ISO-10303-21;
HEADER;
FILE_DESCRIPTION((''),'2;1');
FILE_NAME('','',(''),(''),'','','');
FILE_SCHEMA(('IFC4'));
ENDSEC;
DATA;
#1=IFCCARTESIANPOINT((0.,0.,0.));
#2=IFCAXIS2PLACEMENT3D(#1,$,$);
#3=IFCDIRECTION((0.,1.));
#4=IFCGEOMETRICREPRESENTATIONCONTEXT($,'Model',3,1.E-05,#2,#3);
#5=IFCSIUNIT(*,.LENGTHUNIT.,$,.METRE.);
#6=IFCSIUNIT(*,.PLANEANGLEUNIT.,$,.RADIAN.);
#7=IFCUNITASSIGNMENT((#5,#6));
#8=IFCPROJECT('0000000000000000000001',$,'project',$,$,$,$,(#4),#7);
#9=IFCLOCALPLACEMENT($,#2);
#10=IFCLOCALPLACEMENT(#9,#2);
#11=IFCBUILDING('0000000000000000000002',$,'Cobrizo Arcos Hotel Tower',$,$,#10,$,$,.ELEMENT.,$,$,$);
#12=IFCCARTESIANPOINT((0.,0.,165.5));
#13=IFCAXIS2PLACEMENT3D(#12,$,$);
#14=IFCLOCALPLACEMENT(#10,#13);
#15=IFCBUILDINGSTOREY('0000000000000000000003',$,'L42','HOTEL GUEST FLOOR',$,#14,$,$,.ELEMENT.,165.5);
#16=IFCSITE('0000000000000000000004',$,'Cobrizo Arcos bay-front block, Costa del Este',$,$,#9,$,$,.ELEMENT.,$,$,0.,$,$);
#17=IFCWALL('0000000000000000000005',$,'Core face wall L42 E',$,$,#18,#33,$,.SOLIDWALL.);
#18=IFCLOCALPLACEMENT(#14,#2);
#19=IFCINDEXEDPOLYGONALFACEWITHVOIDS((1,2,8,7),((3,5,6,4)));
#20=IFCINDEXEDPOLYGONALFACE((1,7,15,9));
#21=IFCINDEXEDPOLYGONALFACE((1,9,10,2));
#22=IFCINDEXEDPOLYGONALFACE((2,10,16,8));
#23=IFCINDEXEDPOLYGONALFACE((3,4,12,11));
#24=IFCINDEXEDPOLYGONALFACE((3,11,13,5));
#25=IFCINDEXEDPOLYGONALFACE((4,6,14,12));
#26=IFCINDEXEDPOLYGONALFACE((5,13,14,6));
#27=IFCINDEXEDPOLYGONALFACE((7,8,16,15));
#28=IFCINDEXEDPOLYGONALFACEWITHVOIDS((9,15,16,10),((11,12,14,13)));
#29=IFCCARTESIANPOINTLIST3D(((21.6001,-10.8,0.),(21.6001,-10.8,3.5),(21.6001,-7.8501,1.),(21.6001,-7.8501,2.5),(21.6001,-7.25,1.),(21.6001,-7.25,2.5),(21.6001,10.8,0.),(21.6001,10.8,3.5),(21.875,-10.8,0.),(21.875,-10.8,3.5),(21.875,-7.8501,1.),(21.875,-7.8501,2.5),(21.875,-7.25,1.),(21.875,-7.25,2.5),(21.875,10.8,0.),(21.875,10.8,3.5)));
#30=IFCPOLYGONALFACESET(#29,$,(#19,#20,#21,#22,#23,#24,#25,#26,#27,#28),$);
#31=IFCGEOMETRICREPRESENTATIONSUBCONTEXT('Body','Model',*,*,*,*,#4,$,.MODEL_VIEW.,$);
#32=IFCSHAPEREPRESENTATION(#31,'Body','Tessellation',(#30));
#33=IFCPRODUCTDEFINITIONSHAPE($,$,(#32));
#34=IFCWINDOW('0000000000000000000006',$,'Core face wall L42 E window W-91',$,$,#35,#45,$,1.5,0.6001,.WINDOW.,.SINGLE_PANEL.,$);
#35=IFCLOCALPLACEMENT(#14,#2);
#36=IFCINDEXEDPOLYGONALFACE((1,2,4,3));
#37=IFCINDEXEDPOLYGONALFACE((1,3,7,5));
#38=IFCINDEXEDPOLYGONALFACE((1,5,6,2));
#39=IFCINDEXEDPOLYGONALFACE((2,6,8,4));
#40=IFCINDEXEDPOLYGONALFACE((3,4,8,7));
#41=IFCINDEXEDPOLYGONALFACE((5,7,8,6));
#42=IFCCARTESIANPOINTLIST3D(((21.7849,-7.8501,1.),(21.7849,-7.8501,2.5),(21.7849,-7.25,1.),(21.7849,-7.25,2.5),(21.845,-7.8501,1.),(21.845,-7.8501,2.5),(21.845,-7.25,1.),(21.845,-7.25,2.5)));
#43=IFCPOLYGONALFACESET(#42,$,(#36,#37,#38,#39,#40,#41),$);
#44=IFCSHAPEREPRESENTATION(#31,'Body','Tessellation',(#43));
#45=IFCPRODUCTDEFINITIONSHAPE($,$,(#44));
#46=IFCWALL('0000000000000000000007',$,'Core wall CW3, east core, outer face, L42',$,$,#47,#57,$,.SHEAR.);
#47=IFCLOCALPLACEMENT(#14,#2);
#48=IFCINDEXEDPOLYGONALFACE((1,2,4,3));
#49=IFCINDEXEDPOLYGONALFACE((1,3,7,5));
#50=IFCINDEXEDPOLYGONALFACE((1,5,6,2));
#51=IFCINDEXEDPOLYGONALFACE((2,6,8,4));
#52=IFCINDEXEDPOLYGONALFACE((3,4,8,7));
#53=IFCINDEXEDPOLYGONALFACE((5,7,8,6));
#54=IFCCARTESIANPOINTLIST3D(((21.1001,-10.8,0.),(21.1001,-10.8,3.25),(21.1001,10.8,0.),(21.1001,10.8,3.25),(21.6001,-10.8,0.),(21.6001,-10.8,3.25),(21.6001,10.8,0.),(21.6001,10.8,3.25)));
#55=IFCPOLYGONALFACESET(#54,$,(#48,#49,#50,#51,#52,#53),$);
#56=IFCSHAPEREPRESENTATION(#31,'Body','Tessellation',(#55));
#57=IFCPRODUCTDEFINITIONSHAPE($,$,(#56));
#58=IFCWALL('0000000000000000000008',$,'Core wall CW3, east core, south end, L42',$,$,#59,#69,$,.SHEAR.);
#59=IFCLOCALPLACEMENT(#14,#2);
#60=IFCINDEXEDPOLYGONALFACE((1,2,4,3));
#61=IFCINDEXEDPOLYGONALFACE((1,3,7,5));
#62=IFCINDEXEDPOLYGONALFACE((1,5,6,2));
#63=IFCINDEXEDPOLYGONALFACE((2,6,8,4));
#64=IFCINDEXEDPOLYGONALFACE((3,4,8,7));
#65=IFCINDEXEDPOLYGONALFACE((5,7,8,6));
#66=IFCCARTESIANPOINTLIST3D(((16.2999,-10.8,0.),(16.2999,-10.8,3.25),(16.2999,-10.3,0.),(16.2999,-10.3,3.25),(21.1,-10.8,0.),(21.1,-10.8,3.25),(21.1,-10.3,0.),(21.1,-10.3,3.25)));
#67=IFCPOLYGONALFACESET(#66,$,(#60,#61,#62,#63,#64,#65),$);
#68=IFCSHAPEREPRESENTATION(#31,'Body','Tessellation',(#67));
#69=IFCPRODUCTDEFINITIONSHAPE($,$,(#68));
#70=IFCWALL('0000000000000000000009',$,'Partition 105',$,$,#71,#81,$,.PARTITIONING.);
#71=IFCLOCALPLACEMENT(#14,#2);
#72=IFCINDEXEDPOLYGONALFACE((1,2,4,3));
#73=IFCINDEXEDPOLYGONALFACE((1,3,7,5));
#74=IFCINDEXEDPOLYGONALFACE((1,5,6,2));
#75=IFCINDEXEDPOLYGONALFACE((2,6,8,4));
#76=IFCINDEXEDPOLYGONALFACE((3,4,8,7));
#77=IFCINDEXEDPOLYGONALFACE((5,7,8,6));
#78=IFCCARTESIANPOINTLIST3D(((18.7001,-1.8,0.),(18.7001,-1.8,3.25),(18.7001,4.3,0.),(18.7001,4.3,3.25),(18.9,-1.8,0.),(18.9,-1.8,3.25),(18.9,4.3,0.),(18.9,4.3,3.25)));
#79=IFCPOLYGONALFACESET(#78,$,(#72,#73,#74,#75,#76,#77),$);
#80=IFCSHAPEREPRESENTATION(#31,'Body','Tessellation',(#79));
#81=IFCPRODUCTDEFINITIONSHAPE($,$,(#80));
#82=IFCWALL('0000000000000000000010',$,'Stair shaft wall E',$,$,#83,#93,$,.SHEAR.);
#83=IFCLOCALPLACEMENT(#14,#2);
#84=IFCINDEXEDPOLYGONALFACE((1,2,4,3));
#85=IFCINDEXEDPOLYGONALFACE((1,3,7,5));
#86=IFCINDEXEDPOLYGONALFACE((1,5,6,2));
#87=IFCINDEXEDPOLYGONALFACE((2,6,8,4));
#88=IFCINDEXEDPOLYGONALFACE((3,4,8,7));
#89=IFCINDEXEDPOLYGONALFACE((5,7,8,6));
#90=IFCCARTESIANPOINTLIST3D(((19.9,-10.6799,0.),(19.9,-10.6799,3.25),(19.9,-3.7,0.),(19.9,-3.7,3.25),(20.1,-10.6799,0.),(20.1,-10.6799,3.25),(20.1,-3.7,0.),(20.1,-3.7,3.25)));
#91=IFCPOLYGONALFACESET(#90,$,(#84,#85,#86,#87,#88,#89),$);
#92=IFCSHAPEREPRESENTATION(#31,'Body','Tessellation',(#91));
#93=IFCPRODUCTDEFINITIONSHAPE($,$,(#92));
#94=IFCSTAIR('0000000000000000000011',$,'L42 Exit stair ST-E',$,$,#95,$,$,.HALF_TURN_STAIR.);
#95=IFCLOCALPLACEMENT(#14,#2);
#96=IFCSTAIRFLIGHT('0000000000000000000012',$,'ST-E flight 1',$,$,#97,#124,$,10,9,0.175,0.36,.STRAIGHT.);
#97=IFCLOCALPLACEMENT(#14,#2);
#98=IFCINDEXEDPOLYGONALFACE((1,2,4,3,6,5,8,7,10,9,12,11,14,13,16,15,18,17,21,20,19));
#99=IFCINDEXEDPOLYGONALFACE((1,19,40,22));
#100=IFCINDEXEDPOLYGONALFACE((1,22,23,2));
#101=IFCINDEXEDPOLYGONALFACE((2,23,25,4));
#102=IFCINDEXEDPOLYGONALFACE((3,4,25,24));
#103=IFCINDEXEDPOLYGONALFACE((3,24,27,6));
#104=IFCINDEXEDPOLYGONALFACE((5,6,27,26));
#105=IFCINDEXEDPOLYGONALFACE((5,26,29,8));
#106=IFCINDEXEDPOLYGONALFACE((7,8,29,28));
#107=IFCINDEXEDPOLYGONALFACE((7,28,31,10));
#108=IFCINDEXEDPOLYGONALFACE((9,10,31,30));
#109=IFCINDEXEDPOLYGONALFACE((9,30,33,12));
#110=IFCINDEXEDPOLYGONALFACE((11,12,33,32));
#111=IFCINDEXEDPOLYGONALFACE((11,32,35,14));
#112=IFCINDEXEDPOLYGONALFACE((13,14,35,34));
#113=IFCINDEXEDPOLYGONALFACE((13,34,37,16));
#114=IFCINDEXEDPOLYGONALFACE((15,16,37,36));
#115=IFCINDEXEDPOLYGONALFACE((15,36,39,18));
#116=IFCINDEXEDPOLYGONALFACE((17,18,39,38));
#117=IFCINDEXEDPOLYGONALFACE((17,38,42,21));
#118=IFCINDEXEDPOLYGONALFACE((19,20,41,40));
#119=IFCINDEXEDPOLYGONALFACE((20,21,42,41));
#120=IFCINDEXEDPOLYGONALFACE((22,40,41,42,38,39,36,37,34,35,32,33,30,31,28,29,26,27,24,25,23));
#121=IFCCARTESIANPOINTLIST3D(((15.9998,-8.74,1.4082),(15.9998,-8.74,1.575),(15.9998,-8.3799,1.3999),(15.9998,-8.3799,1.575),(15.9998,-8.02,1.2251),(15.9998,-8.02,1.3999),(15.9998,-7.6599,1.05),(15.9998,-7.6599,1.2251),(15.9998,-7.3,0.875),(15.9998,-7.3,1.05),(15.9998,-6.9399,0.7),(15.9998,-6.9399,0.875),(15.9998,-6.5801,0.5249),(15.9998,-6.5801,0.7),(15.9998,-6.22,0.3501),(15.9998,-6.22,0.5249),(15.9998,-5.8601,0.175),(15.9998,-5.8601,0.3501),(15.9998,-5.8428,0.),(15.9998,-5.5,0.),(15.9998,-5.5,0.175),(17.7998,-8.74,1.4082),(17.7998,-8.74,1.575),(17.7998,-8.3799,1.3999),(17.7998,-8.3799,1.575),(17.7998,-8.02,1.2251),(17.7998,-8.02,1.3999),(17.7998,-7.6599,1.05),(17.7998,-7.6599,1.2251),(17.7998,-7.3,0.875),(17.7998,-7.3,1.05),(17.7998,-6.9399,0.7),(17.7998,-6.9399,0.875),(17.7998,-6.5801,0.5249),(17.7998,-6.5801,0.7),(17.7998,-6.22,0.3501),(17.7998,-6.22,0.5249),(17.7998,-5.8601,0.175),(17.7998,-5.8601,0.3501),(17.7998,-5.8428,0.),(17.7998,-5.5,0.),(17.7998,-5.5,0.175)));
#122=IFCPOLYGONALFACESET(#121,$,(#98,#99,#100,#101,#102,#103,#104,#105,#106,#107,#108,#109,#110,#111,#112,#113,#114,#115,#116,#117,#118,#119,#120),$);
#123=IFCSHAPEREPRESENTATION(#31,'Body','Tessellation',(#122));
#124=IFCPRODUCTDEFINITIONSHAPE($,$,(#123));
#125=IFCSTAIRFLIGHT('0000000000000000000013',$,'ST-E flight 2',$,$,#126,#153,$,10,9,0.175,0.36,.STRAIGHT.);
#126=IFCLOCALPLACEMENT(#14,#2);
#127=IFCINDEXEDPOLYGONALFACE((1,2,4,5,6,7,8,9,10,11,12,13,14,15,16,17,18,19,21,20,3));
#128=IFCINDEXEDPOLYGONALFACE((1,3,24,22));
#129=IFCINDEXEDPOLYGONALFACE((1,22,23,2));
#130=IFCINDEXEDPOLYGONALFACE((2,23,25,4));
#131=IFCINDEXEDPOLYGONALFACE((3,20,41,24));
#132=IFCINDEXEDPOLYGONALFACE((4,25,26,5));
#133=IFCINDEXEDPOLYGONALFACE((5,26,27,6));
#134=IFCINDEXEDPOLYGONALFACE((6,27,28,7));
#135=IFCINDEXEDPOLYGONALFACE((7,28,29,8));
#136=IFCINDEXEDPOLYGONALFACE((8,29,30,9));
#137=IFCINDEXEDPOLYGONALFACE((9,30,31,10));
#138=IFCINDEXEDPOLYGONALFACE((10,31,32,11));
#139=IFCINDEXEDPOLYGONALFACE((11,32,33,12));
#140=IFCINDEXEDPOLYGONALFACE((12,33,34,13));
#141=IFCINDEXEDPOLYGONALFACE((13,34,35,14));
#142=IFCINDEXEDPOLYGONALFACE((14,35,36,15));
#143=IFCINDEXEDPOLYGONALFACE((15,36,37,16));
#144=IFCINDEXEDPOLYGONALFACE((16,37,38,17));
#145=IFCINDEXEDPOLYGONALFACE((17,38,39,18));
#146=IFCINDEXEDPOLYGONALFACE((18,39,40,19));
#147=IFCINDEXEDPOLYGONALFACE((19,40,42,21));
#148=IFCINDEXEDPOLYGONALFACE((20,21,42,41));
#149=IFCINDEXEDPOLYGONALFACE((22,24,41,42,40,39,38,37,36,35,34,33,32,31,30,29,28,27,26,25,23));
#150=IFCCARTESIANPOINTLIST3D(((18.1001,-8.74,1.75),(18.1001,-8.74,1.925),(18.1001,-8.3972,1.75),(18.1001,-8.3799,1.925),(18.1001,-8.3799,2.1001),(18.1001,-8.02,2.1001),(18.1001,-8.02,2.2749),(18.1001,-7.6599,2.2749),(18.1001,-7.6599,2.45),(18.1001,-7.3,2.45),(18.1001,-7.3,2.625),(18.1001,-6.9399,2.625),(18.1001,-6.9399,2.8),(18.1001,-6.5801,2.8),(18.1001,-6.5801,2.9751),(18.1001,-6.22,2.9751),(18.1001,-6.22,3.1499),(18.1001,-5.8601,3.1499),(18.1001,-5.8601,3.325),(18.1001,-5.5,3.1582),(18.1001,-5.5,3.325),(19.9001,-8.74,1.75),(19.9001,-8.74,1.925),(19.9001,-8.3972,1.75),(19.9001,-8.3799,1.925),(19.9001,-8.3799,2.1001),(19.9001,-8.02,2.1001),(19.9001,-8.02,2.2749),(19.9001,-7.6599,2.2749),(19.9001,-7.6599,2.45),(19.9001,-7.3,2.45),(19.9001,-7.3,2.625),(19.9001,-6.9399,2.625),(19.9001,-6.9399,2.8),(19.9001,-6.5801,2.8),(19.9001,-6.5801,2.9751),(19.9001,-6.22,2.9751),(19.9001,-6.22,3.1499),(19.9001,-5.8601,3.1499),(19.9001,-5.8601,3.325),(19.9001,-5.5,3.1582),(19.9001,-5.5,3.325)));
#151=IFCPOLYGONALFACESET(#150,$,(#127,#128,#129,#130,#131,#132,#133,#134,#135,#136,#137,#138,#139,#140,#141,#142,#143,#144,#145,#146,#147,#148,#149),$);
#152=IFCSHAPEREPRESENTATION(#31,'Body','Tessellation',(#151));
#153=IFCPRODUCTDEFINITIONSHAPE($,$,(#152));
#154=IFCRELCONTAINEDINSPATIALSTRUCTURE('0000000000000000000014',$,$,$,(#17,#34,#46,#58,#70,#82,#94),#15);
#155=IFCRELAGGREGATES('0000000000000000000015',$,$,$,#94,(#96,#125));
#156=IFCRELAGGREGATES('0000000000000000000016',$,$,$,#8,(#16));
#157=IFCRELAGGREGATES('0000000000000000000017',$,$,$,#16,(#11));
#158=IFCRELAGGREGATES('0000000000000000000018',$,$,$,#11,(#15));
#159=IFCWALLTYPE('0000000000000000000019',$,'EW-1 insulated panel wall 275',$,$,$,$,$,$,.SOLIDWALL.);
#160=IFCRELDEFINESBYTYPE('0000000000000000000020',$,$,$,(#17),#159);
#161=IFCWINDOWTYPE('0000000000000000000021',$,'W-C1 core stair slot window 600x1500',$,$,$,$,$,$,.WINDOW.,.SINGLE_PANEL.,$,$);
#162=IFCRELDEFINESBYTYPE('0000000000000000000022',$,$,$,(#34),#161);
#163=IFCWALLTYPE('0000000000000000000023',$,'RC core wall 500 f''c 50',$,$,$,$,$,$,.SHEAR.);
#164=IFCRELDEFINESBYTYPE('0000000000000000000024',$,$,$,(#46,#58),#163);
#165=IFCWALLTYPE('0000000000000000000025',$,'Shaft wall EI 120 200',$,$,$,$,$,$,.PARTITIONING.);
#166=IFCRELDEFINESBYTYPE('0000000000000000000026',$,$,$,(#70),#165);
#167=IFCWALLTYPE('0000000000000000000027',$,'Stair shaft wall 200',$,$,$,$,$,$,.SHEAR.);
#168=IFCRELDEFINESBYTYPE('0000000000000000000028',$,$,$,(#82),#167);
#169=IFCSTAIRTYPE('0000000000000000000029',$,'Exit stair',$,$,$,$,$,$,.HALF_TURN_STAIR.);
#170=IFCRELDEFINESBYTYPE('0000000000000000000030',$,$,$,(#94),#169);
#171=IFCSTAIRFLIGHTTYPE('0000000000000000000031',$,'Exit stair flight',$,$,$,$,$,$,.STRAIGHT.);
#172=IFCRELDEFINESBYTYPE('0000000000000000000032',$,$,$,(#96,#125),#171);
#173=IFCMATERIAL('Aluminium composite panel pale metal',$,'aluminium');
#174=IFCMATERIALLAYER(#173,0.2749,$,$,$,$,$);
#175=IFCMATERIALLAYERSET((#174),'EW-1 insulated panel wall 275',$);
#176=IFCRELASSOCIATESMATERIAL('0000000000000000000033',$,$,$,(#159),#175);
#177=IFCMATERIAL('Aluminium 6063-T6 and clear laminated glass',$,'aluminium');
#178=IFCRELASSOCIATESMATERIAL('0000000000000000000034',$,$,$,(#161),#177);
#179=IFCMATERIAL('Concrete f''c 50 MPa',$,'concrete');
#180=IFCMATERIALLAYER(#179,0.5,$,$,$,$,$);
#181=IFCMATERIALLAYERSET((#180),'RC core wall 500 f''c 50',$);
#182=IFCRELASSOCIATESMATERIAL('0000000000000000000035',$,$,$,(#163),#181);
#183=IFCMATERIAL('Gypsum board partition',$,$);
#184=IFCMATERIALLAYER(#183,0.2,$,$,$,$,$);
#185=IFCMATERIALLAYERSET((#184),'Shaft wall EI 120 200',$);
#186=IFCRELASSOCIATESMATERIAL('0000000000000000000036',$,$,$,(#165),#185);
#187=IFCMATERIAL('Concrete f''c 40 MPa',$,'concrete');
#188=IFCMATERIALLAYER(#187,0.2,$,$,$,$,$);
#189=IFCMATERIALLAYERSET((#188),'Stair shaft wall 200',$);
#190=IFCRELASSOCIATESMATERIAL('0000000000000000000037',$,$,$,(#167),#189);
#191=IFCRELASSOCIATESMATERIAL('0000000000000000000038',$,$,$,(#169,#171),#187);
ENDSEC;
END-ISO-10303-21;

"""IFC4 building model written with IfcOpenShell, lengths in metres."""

from ifc_helpers import new_model, si_unit, direction, frame, frame_2d, origin, place, context, subcontext, project, spatial, polyline, rectangle, outline, extrude, material, layer, layer_set, type_object, element, fill, aggregate, save


model = new_model("IFC4")

# Units and contexts
model_context = context("Model", 3, precision=1e-05, world=origin(), true_north=direction((0.0, 1.0)))
body_context = subcontext(model_context, "Body", "Model", "MODEL_VIEW")
ifc_project = project(units=[si_unit("LENGTHUNIT", "METRE"), si_unit("PLANEANGLEUNIT", "RADIAN")], contexts=[model_context])

# Site, building, storey
site_placement = place(None, origin())
site = spatial("IfcSite", under=ifc_project, at=site_placement, Name="Cobrizo Arcos bay-front block, Costa del Este", CompositionType="ELEMENT", RefElevation=0.0)
building_placement = place(site_placement, origin())
building = spatial("IfcBuilding", under=site, at=building_placement, Name="Cobrizo Arcos Hotel Tower", CompositionType="ELEMENT")
storey_placement = place(building_placement, frame((0.0, 0.0, 165.5)))
storey = spatial("IfcBuildingStorey", under=building, at=storey_placement, Name="L42", Description="HOTEL GUEST FLOOR", CompositionType="ELEMENT", Elevation=165.5)

# Shared definitions
ifc_material_1 = material(Name="Aluminium composite panel pale metal", Category="aluminium")

# Wall, opening, window
ifc_layer_1 = layer(ifc_material_1, 0.2749)
ifc_layer_set_1 = layer_set([ifc_layer_1], Name="EW-1 insulated panel wall 275")
wall_type_1 = type_object("IfcWallType", Name="EW-1 insulated panel wall 275", PredefinedType="SOLIDWALL", material=ifc_layer_set_1)
wall_1_placement = place(storey_placement, frame((21.7375, -10.8, 0.0), z_axis=(0.0, 0.0, 1.0), x_axis=(0.0, 1.0, 0.0)))
wall_1 = element("IfcWall", 1, at=wall_1_placement, inside=storey, type_object=wall_type_1, Name="Core face wall L42 E", PredefinedType="SOLIDWALL", context=body_context, shape_type="SweptSolid", body=[
    extrude(rectangle(XDim=21.6001, YDim=0.2749, at=frame_2d((10.8, 0.0))), origin(), (0.0, 0.0, 1.0), 3.5),
])
opening_placement = place(wall_1_placement, frame((2.95, 0.0, 1.0)))
opening = element("IfcOpeningElement", 2, at=opening_placement, cuts=wall_1, PredefinedType="OPENING", context=body_context, shape_type="SweptSolid", body=[
    extrude(rectangle(XDim=0.6001, YDim=1.5, at=frame_2d((0.3, 0.75))), frame((0.0, 0.1494, 0.0), z_axis=(0.0, -1.0, 0.0), x_axis=(1.0, 0.0, 0.0)), (0.0, 0.0, 1.0), 0.2988),
])
ifc_material_2 = material(Name="Aluminium 6063-T6 and clear laminated glass", Category="aluminium")
window_type = type_object("IfcWindowType", Name="W-C1 core stair slot window 600x1500", PartitioningType="SINGLE_PANEL", PredefinedType="WINDOW", material=ifc_material_2)
window_placement = place(opening_placement, origin())
window = element("IfcWindow", 3, at=window_placement, inside=storey, type_object=window_type, Name="Core face wall L42 E window W-91", OverallHeight=1.5, OverallWidth=0.6001, PartitioningType="SINGLE_PANEL", PredefinedType="WINDOW", context=body_context, shape_type="SweptSolid", body=[
    extrude(rectangle(XDim=0.6001, YDim=1.5, at=frame_2d((0.3, 0.75))), frame((0.0, -0.0474, 0.0), z_axis=(0.0, -1.0, 0.0), x_axis=(1.0, 0.0, 0.0)), (0.0, 0.0, 1.0), 0.0601),
])
fill(opening, window)

# Walls
ifc_material_3 = material(Name="Concrete f'c 50 MPa", Category="concrete")
ifc_layer_2 = layer(ifc_material_3, 0.5)
ifc_layer_set_2 = layer_set([ifc_layer_2], Name="RC core wall 500 f'c 50")
wall_type_2 = type_object("IfcWallType", Name="RC core wall 500 f'c 50", PredefinedType="SHEAR", material=ifc_layer_set_2)
wall_2_placement = place(storey_placement, frame((21.3501, -10.8, 0.0), z_axis=(0.0, 0.0, 1.0), x_axis=(0.0, 1.0, 0.0)))
element("IfcWall", 4, at=wall_2_placement, inside=storey, type_object=wall_type_2, Name="Core wall CW3, east core, outer face, L42", PredefinedType="SHEAR", context=body_context, shape_type="SweptSolid", body=[
    extrude(rectangle(XDim=21.6001, YDim=0.5, at=frame_2d((10.8, 0.0))), origin(), (0.0, 0.0, 1.0), 3.25),
])
wall_3_placement = place(storey_placement, frame((16.3, -10.55, 0.0), z_axis=(0.0, 0.0, 1.0), x_axis=(1.0, 0.0, 0.0)))
element("IfcWall", 5, at=wall_3_placement, inside=storey, type_object=wall_type_2, Name="Core wall CW3, east core, south end, L42", PredefinedType="SHEAR", context=body_context, shape_type="SweptSolid", body=[
    extrude(rectangle(XDim=4.8, YDim=0.5, at=frame_2d((2.3999, 0.0))), origin(), (0.0, 0.0, 1.0), 3.25),
])
ifc_material_4 = material(Name="Gypsum board partition")
ifc_layer_3 = layer(ifc_material_4, 0.2)
ifc_layer_set_3 = layer_set([ifc_layer_3], Name="Shaft wall EI 120 200")
wall_type_3 = type_object("IfcWallType", Name="Shaft wall EI 120 200", PredefinedType="PARTITIONING", material=ifc_layer_set_3)
wall_4_placement = place(storey_placement, frame((18.8, -1.8, 0.0), z_axis=(0.0, 0.0, 1.0), x_axis=(0.0, 1.0, 0.0)))
element("IfcWall", 6, at=wall_4_placement, inside=storey, type_object=wall_type_3, Name="Partition 105", PredefinedType="PARTITIONING", context=body_context, shape_type="SweptSolid", body=[
    extrude(rectangle(XDim=6.1001, YDim=0.2, at=frame_2d((3.05, 0.0))), origin(), (0.0, 0.0, 1.0), 3.25),
])
ifc_material_5 = material(Name="Concrete f'c 40 MPa", Category="concrete")
ifc_layer_4 = layer(ifc_material_5, 0.2)
ifc_layer_set_4 = layer_set([ifc_layer_4], Name="Stair shaft wall 200")
wall_type_4 = type_object("IfcWallType", Name="Stair shaft wall 200", PredefinedType="SHEAR", material=ifc_layer_set_4)
wall_5_placement = place(storey_placement, frame((20.0, -10.6799, 0.0), z_axis=(0.0, 0.0, 1.0), x_axis=(0.0, 1.0, 0.0)))
element("IfcWall", 7, at=wall_5_placement, inside=storey, type_object=wall_type_4, Name="Stair shaft wall E", PredefinedType="SHEAR", context=body_context, shape_type="SweptSolid", body=[
    extrude(rectangle(XDim=6.98, YDim=0.2, at=frame_2d((3.49, 0.0))), origin(), (0.0, 0.0, 1.0), 3.25),
])

# Stair, stair flights
stair_type = type_object("IfcStairType", Name="Exit stair", PredefinedType="HALF_TURN_STAIR", material=ifc_material_5)
stair_placement = place(storey_placement, origin())
stair = element("IfcStair", 8, at=stair_placement, inside=storey, type_object=stair_type, Name="L42 Exit stair ST-E", PredefinedType="HALF_TURN_STAIR")
stair_flight_type = type_object("IfcStairFlightType", Name="Exit stair flight", PredefinedType="STRAIGHT", material=ifc_material_5)
stair_flight_1_placement = place(storey_placement, frame((16.8999, -5.5, 0.0), z_axis=(0.0, 0.0, 1.0), x_axis=(0.0, -1.0, 0.0)))
stair_flight_1 = element("IfcStairFlight", 9, at=stair_flight_1_placement, type_object=stair_flight_type, Name="ST-E flight 1", NumberOfRisers=10, NumberOfTreads=9, PredefinedType="STRAIGHT", RiserHeight=0.175, TreadLength=0.36, context=body_context, shape_type="SweptSolid", body=[
    extrude(outline(polyline([(0.0, 0.0), (0.0, 0.175), (0.3601, 0.175), (0.3601, 0.3501), (0.72, 0.3501), (0.72, 0.5249), (1.0801, 0.5249), (1.0801, 0.7), (1.4399, 0.7), (1.4399, 0.875), (1.8, 0.875), (1.8, 1.05), (2.1599, 1.05), (2.1599, 1.2251), (2.52, 1.2251), (2.52, 1.3999), (2.8799, 1.3999), (2.8799, 1.575), (3.24, 1.575), (3.24, 1.75), (3.24, 1.4082), (0.3428, 0.0), (0.0, 0.0)])), frame((0.0, 0.8999, 0.0), z_axis=(0.0, -1.0, 0.0), x_axis=(1.0, 0.0, 0.0)), (0.0, 0.0, 1.0), 1.8),
])
stair_flight_2_placement = place(storey_placement, frame((19.0, -8.74, 1.75), z_axis=(0.0, 0.0, 1.0), x_axis=(0.0, 1.0, 0.0)))
stair_flight_2 = element("IfcStairFlight", 10, at=stair_flight_2_placement, type_object=stair_flight_type, Name="ST-E flight 2", NumberOfRisers=10, NumberOfTreads=9, PredefinedType="STRAIGHT", RiserHeight=0.175, TreadLength=0.36, context=body_context, shape_type="SweptSolid", body=[
    extrude(outline(polyline([(0.0, 0.0), (0.0, 0.175), (0.3601, 0.175), (0.3601, 0.3501), (0.72, 0.3501), (0.72, 0.5249), (1.0801, 0.5249), (1.0801, 0.7), (1.4399, 0.7), (1.4399, 0.875), (1.8, 0.875), (1.8, 1.05), (2.1599, 1.05), (2.1599, 1.2251), (2.52, 1.2251), (2.52, 1.3999), (2.8799, 1.3999), (2.8799, 1.575), (3.24, 1.575), (3.24, 1.75), (3.24, 1.4082), (0.3428, 0.0), (0.0, 0.0)])), frame((0.0, 0.8999, 0.0), z_axis=(0.0, -1.0, 0.0), x_axis=(1.0, 0.0, 0.0)), (0.0, 0.0, 1.0), 1.8),
])
aggregate(stair, [stair_flight_1, stair_flight_2])

save(model, "model.ifc")
